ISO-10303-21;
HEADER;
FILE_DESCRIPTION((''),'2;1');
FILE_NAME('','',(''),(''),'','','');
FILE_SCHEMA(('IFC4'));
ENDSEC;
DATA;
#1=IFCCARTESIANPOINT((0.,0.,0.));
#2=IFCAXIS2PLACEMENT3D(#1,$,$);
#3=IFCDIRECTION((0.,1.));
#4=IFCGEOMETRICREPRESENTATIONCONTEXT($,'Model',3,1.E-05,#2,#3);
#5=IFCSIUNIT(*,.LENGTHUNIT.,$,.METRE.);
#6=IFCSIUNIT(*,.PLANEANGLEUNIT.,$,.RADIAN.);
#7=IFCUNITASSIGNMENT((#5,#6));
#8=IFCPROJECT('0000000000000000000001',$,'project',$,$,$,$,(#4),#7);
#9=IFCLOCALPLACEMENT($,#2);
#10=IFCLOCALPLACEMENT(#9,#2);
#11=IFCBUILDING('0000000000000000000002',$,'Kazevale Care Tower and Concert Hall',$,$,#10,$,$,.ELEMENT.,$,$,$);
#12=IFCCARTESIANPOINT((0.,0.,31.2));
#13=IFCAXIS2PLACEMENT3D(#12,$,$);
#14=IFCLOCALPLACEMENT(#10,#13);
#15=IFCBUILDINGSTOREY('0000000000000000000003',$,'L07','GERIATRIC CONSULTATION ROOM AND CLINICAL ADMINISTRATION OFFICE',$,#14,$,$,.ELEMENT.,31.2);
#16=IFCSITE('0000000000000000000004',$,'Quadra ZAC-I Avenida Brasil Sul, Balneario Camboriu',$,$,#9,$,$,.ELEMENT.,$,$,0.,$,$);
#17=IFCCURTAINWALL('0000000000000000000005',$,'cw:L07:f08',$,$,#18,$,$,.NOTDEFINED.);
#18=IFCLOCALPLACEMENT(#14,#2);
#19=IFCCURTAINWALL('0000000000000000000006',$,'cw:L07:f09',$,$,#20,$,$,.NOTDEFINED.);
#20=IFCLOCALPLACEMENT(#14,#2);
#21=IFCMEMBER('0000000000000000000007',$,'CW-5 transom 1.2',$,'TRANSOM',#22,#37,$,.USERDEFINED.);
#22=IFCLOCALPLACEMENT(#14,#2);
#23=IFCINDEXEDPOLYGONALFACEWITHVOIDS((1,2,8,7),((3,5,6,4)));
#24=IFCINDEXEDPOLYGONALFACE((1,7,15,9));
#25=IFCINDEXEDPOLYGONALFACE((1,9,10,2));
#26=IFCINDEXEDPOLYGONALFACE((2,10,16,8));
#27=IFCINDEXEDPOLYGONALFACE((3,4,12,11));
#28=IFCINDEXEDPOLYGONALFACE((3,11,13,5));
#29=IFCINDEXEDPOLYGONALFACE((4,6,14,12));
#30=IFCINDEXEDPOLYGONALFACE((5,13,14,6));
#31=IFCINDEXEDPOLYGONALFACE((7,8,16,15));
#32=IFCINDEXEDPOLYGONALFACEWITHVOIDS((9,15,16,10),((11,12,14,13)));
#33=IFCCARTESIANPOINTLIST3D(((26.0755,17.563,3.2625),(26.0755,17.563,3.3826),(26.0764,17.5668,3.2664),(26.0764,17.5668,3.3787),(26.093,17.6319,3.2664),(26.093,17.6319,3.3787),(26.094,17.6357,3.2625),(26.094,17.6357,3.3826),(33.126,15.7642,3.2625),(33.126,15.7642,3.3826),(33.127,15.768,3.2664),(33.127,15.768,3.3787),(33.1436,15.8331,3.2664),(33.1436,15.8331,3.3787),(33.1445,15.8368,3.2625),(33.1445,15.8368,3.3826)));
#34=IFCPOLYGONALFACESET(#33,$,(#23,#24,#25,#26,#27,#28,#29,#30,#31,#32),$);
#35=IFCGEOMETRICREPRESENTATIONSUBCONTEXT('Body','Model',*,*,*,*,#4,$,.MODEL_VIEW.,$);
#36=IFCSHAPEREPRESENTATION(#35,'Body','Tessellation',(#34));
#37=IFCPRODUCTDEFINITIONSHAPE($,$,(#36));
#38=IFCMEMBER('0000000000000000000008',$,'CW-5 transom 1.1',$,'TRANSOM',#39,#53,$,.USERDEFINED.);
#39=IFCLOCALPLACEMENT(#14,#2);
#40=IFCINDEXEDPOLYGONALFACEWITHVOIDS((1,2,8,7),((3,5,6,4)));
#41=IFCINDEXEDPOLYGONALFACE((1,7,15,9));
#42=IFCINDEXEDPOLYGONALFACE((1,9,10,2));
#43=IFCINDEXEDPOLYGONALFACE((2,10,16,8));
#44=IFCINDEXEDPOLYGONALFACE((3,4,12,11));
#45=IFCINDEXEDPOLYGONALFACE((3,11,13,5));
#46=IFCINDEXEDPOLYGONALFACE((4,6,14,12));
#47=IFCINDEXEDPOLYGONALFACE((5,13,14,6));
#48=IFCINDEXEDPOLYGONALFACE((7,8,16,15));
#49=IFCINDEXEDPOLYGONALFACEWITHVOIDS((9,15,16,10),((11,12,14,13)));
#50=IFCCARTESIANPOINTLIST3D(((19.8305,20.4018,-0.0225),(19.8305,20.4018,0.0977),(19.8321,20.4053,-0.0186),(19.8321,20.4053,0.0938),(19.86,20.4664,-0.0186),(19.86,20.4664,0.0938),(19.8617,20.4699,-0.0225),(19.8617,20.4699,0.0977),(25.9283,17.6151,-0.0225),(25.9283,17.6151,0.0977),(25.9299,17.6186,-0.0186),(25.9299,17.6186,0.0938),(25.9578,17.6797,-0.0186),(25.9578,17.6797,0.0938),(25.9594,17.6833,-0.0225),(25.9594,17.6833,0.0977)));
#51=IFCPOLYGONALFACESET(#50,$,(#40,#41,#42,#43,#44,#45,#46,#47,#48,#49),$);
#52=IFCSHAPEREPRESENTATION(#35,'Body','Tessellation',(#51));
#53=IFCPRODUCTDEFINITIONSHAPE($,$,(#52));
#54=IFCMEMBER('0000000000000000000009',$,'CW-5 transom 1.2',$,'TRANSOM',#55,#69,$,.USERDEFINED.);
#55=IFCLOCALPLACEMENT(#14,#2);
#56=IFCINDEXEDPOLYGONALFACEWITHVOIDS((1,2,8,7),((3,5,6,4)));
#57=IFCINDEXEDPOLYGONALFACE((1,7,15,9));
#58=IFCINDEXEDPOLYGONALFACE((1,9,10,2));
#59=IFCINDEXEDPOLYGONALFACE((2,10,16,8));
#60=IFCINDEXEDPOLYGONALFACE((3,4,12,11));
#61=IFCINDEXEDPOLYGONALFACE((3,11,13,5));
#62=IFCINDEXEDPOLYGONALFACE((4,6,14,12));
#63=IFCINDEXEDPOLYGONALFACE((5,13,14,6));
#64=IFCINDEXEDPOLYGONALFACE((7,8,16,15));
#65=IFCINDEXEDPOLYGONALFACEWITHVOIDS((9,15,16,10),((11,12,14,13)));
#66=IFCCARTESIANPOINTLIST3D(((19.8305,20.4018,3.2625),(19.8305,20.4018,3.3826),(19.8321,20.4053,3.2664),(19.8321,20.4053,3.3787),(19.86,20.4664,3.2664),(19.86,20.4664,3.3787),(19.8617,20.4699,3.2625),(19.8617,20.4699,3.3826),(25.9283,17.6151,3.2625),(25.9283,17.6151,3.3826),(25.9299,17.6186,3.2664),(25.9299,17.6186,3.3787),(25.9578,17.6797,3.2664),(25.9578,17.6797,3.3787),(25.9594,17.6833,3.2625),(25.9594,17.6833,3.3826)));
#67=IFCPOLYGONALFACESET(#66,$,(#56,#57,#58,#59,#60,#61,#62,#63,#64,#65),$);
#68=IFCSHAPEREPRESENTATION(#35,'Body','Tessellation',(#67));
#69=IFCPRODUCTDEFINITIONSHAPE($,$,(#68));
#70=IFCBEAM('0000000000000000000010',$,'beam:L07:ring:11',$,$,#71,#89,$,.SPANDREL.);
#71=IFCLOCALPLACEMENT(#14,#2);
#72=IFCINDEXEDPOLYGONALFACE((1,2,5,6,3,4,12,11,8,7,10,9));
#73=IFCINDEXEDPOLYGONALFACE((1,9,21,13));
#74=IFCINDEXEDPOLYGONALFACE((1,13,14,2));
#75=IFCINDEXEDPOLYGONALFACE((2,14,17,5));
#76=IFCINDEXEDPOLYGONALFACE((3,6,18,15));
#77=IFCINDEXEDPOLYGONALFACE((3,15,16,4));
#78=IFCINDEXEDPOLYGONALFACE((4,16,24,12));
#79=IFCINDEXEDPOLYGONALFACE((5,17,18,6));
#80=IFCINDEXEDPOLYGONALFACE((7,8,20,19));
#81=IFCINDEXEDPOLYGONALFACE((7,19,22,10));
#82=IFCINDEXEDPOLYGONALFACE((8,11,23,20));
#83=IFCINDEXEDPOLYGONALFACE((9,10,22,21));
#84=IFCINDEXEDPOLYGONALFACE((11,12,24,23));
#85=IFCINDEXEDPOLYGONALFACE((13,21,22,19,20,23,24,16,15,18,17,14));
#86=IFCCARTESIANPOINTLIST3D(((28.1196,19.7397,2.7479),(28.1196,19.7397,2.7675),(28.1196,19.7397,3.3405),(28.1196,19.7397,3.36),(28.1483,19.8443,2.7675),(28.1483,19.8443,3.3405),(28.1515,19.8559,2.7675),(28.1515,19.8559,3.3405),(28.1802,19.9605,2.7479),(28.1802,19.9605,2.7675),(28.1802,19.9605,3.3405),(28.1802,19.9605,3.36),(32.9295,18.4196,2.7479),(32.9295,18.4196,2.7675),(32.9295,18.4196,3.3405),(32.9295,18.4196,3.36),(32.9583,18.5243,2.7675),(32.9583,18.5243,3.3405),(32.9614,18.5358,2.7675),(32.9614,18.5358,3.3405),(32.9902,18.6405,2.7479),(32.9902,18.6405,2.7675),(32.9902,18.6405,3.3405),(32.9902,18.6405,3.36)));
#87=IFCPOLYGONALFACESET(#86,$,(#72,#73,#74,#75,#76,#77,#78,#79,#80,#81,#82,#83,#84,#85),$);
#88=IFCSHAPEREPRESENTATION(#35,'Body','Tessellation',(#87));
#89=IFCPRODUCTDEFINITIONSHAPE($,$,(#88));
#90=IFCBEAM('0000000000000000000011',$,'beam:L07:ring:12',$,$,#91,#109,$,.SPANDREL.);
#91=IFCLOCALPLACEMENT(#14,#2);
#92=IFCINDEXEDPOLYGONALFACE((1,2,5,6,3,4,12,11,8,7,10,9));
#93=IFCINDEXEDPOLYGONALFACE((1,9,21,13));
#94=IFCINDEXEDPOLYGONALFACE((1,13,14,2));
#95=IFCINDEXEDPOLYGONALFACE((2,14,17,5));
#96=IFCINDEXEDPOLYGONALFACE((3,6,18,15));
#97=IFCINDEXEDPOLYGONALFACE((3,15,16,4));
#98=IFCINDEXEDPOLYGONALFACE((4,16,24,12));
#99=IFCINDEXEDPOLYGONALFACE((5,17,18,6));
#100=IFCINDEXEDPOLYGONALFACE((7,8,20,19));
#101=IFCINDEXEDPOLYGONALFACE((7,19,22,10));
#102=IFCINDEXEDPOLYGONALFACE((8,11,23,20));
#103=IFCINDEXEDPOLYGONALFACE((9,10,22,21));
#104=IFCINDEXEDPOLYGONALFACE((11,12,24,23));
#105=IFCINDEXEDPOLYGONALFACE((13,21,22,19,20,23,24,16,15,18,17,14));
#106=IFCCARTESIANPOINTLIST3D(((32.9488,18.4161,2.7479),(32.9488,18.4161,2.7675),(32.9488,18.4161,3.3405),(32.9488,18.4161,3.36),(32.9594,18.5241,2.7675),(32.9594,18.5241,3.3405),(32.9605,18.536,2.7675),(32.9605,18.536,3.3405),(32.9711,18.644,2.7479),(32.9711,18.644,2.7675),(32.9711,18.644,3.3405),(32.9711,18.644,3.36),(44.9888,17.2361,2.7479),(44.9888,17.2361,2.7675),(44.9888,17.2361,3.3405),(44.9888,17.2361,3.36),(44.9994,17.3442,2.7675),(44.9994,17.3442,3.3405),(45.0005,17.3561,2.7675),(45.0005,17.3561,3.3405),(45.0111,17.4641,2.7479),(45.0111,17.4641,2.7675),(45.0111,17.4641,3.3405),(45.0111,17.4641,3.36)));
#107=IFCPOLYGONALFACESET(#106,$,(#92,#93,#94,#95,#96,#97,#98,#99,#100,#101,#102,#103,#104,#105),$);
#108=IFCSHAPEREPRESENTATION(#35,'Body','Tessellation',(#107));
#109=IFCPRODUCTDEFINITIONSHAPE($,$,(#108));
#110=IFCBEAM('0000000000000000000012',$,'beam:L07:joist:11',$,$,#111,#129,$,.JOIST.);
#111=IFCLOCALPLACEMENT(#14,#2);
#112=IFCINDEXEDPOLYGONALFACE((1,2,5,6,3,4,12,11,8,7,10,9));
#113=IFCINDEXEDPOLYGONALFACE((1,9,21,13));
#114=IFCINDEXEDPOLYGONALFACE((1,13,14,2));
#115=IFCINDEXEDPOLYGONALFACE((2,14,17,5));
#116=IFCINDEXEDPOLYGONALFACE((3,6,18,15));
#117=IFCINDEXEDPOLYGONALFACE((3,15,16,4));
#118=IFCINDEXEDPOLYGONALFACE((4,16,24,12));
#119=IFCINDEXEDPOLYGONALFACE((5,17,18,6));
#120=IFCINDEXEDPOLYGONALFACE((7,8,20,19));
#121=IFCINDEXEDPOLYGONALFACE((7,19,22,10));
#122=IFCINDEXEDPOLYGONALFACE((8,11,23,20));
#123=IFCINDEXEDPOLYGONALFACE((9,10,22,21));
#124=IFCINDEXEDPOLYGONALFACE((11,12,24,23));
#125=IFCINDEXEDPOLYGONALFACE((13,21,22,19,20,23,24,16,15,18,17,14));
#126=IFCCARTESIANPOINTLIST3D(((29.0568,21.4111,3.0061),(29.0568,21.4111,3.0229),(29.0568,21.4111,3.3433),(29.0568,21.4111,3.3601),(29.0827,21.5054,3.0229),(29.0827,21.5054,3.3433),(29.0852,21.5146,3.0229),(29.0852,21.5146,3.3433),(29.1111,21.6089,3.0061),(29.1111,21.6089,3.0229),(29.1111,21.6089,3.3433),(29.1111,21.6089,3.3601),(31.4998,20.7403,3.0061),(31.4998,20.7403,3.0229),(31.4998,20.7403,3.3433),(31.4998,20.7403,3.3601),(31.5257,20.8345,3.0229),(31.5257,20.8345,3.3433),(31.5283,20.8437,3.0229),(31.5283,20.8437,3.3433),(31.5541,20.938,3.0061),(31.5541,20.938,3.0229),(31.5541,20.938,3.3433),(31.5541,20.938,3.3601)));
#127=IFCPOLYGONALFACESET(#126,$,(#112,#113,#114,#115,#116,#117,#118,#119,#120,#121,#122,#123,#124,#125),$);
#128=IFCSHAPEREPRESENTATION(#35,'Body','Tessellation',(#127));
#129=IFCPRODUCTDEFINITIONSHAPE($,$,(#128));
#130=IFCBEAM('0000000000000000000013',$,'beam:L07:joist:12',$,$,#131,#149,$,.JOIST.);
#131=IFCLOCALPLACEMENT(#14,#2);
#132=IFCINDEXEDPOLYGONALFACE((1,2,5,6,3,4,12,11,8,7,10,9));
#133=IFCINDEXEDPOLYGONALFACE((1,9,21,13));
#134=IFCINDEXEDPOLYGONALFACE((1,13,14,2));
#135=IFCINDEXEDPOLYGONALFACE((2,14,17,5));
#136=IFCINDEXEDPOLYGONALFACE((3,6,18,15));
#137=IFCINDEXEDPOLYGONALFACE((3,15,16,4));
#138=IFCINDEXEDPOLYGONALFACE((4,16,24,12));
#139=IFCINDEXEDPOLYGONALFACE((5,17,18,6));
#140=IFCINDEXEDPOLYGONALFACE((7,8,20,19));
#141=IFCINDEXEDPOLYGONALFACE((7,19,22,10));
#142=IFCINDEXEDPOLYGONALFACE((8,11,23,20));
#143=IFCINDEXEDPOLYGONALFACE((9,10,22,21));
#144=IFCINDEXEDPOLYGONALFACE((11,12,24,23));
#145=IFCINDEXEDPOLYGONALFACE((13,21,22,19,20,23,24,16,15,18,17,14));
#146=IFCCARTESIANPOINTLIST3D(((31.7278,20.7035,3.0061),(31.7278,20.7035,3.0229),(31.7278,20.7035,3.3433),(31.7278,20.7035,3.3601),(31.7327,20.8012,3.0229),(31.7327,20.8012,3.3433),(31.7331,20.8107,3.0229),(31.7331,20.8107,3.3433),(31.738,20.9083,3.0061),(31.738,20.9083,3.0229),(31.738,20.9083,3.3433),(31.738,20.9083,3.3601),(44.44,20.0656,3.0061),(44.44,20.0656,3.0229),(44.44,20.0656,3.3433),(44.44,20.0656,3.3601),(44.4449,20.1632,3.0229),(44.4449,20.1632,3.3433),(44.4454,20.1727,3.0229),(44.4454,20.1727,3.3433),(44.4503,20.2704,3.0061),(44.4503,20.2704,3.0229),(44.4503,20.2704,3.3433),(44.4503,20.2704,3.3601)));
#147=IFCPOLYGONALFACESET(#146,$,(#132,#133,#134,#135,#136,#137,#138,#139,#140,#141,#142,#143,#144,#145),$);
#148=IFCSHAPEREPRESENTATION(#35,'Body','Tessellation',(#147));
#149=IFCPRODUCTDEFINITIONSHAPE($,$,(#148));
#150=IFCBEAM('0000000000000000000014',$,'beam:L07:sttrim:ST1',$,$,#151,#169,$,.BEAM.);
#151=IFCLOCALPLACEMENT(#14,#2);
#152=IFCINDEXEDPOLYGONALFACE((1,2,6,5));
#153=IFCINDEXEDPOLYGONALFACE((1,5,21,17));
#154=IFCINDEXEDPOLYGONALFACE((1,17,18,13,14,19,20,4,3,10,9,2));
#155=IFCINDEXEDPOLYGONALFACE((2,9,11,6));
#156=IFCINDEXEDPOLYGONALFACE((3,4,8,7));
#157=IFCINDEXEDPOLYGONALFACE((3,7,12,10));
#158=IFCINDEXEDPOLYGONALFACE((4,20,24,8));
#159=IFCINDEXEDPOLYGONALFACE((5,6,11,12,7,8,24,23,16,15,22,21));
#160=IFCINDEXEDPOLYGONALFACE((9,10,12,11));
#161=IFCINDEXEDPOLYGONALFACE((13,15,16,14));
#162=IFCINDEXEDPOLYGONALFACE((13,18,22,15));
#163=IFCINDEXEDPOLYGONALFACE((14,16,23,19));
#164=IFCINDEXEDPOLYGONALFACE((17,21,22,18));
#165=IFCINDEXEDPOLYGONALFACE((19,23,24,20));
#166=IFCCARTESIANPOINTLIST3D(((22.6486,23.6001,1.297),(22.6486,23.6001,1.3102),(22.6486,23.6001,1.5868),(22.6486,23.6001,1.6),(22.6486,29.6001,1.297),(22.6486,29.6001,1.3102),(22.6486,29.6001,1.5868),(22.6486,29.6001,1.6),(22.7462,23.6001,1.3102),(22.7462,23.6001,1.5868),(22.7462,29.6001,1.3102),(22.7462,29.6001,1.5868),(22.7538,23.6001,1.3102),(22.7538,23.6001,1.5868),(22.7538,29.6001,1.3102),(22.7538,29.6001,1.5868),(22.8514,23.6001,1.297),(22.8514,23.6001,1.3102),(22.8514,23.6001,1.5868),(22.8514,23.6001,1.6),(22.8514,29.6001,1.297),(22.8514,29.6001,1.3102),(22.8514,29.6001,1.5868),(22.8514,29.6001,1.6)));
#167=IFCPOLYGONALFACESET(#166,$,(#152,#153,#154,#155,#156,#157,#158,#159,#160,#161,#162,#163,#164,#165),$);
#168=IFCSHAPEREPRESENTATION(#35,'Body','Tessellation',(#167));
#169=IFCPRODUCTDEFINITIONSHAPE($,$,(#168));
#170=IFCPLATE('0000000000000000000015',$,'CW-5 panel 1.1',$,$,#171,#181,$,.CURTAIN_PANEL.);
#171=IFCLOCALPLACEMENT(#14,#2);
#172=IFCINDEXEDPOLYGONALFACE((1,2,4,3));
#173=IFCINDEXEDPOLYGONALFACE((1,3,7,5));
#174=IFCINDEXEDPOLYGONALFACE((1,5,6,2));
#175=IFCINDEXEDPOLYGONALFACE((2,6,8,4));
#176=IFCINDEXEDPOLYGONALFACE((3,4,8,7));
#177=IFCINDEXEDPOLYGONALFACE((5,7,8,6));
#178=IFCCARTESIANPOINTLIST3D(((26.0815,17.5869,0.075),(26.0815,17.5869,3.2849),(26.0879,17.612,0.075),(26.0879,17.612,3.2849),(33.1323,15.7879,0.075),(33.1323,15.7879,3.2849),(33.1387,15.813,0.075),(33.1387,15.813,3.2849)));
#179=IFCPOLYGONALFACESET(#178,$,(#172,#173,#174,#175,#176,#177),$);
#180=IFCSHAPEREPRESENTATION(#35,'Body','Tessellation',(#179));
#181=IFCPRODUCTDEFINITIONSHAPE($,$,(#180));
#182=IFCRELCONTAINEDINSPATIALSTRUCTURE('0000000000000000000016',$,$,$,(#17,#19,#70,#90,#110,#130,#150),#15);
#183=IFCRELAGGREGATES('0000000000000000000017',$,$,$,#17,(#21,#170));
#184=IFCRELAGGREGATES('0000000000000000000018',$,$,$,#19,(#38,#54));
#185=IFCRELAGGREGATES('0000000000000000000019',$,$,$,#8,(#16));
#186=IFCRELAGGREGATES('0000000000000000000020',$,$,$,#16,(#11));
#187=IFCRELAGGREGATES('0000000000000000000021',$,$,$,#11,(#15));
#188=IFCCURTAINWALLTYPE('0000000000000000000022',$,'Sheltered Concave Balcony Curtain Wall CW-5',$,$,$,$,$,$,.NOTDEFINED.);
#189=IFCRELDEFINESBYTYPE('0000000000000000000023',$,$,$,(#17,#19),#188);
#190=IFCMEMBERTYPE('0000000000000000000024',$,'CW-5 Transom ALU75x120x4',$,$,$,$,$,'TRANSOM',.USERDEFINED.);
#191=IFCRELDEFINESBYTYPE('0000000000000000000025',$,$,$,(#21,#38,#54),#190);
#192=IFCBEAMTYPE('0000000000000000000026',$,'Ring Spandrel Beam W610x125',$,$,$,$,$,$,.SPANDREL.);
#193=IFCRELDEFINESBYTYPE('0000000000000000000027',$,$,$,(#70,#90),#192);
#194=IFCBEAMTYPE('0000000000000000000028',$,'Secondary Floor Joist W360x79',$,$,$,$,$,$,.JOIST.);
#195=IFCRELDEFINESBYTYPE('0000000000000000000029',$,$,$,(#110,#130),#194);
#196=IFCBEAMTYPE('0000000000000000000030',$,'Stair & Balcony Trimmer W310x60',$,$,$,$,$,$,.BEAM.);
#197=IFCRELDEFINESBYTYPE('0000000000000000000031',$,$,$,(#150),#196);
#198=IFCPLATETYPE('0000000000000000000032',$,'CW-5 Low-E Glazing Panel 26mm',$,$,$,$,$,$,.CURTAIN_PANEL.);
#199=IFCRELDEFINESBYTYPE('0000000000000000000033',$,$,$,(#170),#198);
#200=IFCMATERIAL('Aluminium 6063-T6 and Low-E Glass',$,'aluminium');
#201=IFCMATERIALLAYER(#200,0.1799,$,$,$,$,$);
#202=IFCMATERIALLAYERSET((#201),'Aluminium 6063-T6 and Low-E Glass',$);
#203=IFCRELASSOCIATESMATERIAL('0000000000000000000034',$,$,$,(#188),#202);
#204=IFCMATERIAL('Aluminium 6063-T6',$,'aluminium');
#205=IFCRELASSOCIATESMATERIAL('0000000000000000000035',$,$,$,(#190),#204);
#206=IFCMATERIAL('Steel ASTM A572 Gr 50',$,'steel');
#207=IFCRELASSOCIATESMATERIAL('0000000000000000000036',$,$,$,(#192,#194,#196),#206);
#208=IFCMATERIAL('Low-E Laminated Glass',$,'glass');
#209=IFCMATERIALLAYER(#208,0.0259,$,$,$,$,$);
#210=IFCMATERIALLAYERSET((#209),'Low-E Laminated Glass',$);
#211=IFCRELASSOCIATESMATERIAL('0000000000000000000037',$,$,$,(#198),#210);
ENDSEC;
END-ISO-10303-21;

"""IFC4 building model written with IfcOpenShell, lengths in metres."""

from ifc_helpers import new_model, si_unit, direction, frame, origin, origin_2d, place, context, subcontext, project, spatial, rectangle, hollow_rectangle, i_section, extrude, material, layer, layer_set, material_profile, profile_set, type_object, element, aggregate, save


model = new_model("IFC4")

# Units and contexts
model_context = context("Model", 3, precision=1e-05, world=origin(), true_north=direction((0.0, 1.0)))
body_context = subcontext(model_context, "Body", "Model", "MODEL_VIEW")
ifc_project = project(units=[si_unit("LENGTHUNIT", "METRE"), si_unit("PLANEANGLEUNIT", "RADIAN")], contexts=[model_context])

# Site, building, storey
site_placement = place(None, origin())
site = spatial("IfcSite", under=ifc_project, at=site_placement, Name="Quadra ZAC-I Avenida Brasil Sul, Balneario Camboriu", CompositionType="ELEMENT", RefElevation=0.0)
building_placement = place(site_placement, origin())
building = spatial("IfcBuilding", under=site, at=building_placement, Name="Kazevale Care Tower and Concert Hall", CompositionType="ELEMENT")
storey_placement = place(building_placement, frame((0.0, 0.0, 31.2)))
storey = spatial("IfcBuildingStorey", under=building, at=storey_placement, Name="L07", Description="GERIATRIC CONSULTATION ROOM AND CLINICAL ADMINISTRATION OFFICE", CompositionType="ELEMENT", Elevation=31.2)

# Shared definitions
ifc_material_1 = material(Name="Aluminium 6063-T6 and Low-E Glass", Category="aluminium")
ifc_layer_1 = layer(ifc_material_1, 0.1799)
ifc_layer_set_1 = layer_set([ifc_layer_1], Name="Aluminium 6063-T6 and Low-E Glass")
curtain_wall_type = type_object("IfcCurtainWallType", Name="Sheltered Concave Balcony Curtain Wall CW-5", PredefinedType="NOTDEFINED", material=ifc_layer_set_1)
ifc_material_2 = material(Name="Aluminium 6063-T6", Category="aluminium")

# Curtain wall
curtain_wall_1_placement = place(storey_placement, origin())
curtain_wall_1 = element("IfcCurtainWall", 1, at=curtain_wall_1_placement, inside=storey, type_object=curtain_wall_type, Name="cw:L07:f08", PredefinedType="NOTDEFINED")

# Curtain wall
curtain_wall_2_placement = place(storey_placement, origin())
curtain_wall_2 = element("IfcCurtainWall", 2, at=curtain_wall_2_placement, inside=storey, type_object=curtain_wall_type, Name="cw:L07:f09", PredefinedType="NOTDEFINED")

# Members
ifc_material_profile_1 = material_profile(ifc_material_2, hollow_rectangle(XDim=0.075, YDim=0.1201, WallThickness=0.0039, at=origin_2d()), Name="ALU75x120x4")
ifc_profile_set_1 = profile_set([ifc_material_profile_1], Name="Aluminium 6063-T6")
member_type_1 = type_object("IfcMemberType", Name="CW-5 Transom ALU75x120x4", ElementType="TRANSOM", PredefinedType="USERDEFINED", material=ifc_profile_set_1)
member_1_placement = place(storey_placement, frame((33.1353, 15.8005, 3.3225), z_axis=(-0.968961, 0.247214, 0.0), x_axis=(-0.247214, -0.968961, 0.0)))
member_1 = element("IfcMember", 3, at=member_1_placement, type_object=member_type_1, Name="CW-5 transom 1.2", ObjectType="TRANSOM", PredefinedType="USERDEFINED", context=body_context, shape_type="SweptSolid", body=[
    extrude(hollow_rectangle(XDim=0.075, YDim=0.1201, WallThickness=0.0039, at=origin_2d()), origin(), (0.0, 0.0, 1.0), 7.2764),
])
member_2_placement = place(storey_placement, frame((25.9438, 17.6492, 0.0376), z_axis=(-0.909524, 0.415651, 0.0), x_axis=(-0.415651, -0.909524, 0.0)))
member_2 = element("IfcMember", 4, at=member_2_placement, type_object=member_type_1, Name="CW-5 transom 1.1", ObjectType="TRANSOM", PredefinedType="USERDEFINED", context=body_context, shape_type="SweptSolid", body=[
    extrude(hollow_rectangle(XDim=0.075, YDim=0.1201, WallThickness=0.0039, at=origin_2d()), origin(), (0.0, 0.0, 1.0), 6.7043),
])
member_3_placement = place(storey_placement, frame((25.9438, 17.6492, 3.3225), z_axis=(-0.909524, 0.415651, 0.0), x_axis=(-0.415651, -0.909524, 0.0)))
member_3 = element("IfcMember", 5, at=member_3_placement, type_object=member_type_1, Name="CW-5 transom 1.2", ObjectType="TRANSOM", PredefinedType="USERDEFINED", context=body_context, shape_type="SweptSolid", body=[
    extrude(hollow_rectangle(XDim=0.075, YDim=0.1201, WallThickness=0.0039, at=origin_2d()), origin(), (0.0, 0.0, 1.0), 6.7043),
])

# Beams
ifc_material_3 = material(Name="Steel ASTM A572 Gr 50", Category="steel")
ifc_material_profile_2 = material_profile(ifc_material_3, i_section(OverallWidth=0.229, OverallDepth=0.6121, WebThickness=0.012, FlangeThickness=0.0195, at=origin_2d()), Name="W610x125")
ifc_profile_set_2 = profile_set([ifc_material_profile_2], Name="Steel ASTM A572 Gr 50")
beam_type_1 = type_object("IfcBeamType", Name="Ring Spandrel Beam W610x125", PredefinedType="SPANDREL", material=ifc_profile_set_2)
beam_1_placement = place(storey_placement, frame((28.1499, 19.8501, 3.054), z_axis=(0.964344, -0.264654, 0.0), x_axis=(0.264654, 0.964344, 0.0)))
element("IfcBeam", 6, at=beam_1_placement, inside=storey, type_object=beam_type_1, Name="beam:L07:ring:11", PredefinedType="SPANDREL", context=body_context, shape_type="SweptSolid", body=[
    extrude(i_section(OverallWidth=0.229, OverallDepth=0.6121, WebThickness=0.012, FlangeThickness=0.0195, at=origin_2d()), origin(), (0.0, 0.0, 1.0), 4.9878),
])
beam_2_placement = place(storey_placement, frame((32.96, 18.53, 3.054), z_axis=(0.995232, -0.097533, 0.0), x_axis=(0.097533, 0.995232, 0.0)))
element("IfcBeam", 7, at=beam_2_placement, inside=storey, type_object=beam_type_1, Name="beam:L07:ring:12", PredefinedType="SPANDREL", context=body_context, shape_type="SweptSolid", body=[
    extrude(i_section(OverallWidth=0.229, OverallDepth=0.6121, WebThickness=0.012, FlangeThickness=0.0195, at=origin_2d()), origin(), (0.0, 0.0, 1.0), 12.0977),
])
ifc_material_profile_3 = material_profile(ifc_material_3, i_section(OverallWidth=0.2051, OverallDepth=0.354, WebThickness=0.0095, FlangeThickness=0.0168, at=origin_2d()), Name="W360x79")
ifc_profile_set_3 = profile_set([ifc_material_profile_3], Name="Steel ASTM A572 Gr 50")
beam_type_2 = type_object("IfcBeamType", Name="Secondary Floor Joist W360x79", PredefinedType="JOIST", material=ifc_profile_set_3)
beam_3_placement = place(storey_placement, frame((29.084, 21.51, 3.1831), z_axis=(0.964302, -0.264805, 0.0), x_axis=(0.264805, 0.964302, 0.0)))
element("IfcBeam", 8, at=beam_3_placement, inside=storey, type_object=beam_type_2, Name="beam:L07:joist:11", PredefinedType="JOIST", context=body_context, shape_type="SweptSolid", body=[
    extrude(i_section(OverallWidth=0.2051, OverallDepth=0.354, WebThickness=0.0095, FlangeThickness=0.0168, at=origin_2d()), origin(), (0.0, 0.0, 1.0), 2.5334),
])
beam_4_placement = place(storey_placement, frame((31.7329, 20.8059, 3.1831), z_axis=(0.998743, -0.05012, 0.0), x_axis=(0.05012, 0.998743, 0.0)))
element("IfcBeam", 9, at=beam_4_placement, inside=storey, type_object=beam_type_2, Name="beam:L07:joist:12", PredefinedType="JOIST", context=body_context, shape_type="SweptSolid", body=[
    extrude(i_section(OverallWidth=0.2051, OverallDepth=0.354, WebThickness=0.0095, FlangeThickness=0.0168, at=origin_2d()), origin(), (0.0, 0.0, 1.0), 12.7283),
])
ifc_material_profile_4 = material_profile(ifc_material_3, i_section(OverallWidth=0.2029, OverallDepth=0.303, WebThickness=0.0076, FlangeThickness=0.0132, at=origin_2d()), Name="W310x60")
ifc_profile_set_4 = profile_set([ifc_material_profile_4], Name="Steel ASTM A572 Gr 50")
beam_type_3 = type_object("IfcBeamType", Name="Stair & Balcony Trimmer W310x60", PredefinedType="BEAM", material=ifc_profile_set_4)
beam_5_placement = place(storey_placement, frame((22.75, 23.6001, 1.4485), z_axis=(0.0, 1.0, 0.0), x_axis=(-1.0, 0.0, 0.0)))
element("IfcBeam", 10, at=beam_5_placement, inside=storey, type_object=beam_type_3, Name="beam:L07:sttrim:ST1", PredefinedType="BEAM", context=body_context, shape_type="SweptSolid", body=[
    extrude(i_section(OverallWidth=0.2029, OverallDepth=0.303, WebThickness=0.0076, FlangeThickness=0.0132, at=origin_2d()), origin(), (0.0, 0.0, 1.0), 6.0),
])

# Plate
ifc_material_4 = material(Name="Low-E Laminated Glass", Category="glass")
ifc_layer_2 = layer(ifc_material_4, 0.0259)
ifc_layer_set_2 = layer_set([ifc_layer_2], Name="Low-E Laminated Glass")
plate_type = type_object("IfcPlateType", Name="CW-5 Low-E Glazing Panel 26mm", PredefinedType="CURTAIN_PANEL", material=ifc_layer_set_2)
plate_1_placement = place(storey_placement, frame((29.6101, 16.7, 0.075), z_axis=(0.0, 0.0, 1.0), x_axis=(-0.968959, 0.247222, 0.0)))
plate_1 = element("IfcPlate", 11, at=plate_1_placement, type_object=plate_type, Name="CW-5 panel 1.1", PredefinedType="CURTAIN_PANEL", context=body_context, shape_type="SweptSolid", body=[
    extrude(rectangle(XDim=7.2766, YDim=0.0259, at=origin_2d()), origin(), (0.0, 0.0, 1.0), 3.21),
])
aggregate(curtain_wall_1, [member_1, plate_1])
aggregate(curtain_wall_2, [member_2, member_3])

save(model, "model.ifc")
